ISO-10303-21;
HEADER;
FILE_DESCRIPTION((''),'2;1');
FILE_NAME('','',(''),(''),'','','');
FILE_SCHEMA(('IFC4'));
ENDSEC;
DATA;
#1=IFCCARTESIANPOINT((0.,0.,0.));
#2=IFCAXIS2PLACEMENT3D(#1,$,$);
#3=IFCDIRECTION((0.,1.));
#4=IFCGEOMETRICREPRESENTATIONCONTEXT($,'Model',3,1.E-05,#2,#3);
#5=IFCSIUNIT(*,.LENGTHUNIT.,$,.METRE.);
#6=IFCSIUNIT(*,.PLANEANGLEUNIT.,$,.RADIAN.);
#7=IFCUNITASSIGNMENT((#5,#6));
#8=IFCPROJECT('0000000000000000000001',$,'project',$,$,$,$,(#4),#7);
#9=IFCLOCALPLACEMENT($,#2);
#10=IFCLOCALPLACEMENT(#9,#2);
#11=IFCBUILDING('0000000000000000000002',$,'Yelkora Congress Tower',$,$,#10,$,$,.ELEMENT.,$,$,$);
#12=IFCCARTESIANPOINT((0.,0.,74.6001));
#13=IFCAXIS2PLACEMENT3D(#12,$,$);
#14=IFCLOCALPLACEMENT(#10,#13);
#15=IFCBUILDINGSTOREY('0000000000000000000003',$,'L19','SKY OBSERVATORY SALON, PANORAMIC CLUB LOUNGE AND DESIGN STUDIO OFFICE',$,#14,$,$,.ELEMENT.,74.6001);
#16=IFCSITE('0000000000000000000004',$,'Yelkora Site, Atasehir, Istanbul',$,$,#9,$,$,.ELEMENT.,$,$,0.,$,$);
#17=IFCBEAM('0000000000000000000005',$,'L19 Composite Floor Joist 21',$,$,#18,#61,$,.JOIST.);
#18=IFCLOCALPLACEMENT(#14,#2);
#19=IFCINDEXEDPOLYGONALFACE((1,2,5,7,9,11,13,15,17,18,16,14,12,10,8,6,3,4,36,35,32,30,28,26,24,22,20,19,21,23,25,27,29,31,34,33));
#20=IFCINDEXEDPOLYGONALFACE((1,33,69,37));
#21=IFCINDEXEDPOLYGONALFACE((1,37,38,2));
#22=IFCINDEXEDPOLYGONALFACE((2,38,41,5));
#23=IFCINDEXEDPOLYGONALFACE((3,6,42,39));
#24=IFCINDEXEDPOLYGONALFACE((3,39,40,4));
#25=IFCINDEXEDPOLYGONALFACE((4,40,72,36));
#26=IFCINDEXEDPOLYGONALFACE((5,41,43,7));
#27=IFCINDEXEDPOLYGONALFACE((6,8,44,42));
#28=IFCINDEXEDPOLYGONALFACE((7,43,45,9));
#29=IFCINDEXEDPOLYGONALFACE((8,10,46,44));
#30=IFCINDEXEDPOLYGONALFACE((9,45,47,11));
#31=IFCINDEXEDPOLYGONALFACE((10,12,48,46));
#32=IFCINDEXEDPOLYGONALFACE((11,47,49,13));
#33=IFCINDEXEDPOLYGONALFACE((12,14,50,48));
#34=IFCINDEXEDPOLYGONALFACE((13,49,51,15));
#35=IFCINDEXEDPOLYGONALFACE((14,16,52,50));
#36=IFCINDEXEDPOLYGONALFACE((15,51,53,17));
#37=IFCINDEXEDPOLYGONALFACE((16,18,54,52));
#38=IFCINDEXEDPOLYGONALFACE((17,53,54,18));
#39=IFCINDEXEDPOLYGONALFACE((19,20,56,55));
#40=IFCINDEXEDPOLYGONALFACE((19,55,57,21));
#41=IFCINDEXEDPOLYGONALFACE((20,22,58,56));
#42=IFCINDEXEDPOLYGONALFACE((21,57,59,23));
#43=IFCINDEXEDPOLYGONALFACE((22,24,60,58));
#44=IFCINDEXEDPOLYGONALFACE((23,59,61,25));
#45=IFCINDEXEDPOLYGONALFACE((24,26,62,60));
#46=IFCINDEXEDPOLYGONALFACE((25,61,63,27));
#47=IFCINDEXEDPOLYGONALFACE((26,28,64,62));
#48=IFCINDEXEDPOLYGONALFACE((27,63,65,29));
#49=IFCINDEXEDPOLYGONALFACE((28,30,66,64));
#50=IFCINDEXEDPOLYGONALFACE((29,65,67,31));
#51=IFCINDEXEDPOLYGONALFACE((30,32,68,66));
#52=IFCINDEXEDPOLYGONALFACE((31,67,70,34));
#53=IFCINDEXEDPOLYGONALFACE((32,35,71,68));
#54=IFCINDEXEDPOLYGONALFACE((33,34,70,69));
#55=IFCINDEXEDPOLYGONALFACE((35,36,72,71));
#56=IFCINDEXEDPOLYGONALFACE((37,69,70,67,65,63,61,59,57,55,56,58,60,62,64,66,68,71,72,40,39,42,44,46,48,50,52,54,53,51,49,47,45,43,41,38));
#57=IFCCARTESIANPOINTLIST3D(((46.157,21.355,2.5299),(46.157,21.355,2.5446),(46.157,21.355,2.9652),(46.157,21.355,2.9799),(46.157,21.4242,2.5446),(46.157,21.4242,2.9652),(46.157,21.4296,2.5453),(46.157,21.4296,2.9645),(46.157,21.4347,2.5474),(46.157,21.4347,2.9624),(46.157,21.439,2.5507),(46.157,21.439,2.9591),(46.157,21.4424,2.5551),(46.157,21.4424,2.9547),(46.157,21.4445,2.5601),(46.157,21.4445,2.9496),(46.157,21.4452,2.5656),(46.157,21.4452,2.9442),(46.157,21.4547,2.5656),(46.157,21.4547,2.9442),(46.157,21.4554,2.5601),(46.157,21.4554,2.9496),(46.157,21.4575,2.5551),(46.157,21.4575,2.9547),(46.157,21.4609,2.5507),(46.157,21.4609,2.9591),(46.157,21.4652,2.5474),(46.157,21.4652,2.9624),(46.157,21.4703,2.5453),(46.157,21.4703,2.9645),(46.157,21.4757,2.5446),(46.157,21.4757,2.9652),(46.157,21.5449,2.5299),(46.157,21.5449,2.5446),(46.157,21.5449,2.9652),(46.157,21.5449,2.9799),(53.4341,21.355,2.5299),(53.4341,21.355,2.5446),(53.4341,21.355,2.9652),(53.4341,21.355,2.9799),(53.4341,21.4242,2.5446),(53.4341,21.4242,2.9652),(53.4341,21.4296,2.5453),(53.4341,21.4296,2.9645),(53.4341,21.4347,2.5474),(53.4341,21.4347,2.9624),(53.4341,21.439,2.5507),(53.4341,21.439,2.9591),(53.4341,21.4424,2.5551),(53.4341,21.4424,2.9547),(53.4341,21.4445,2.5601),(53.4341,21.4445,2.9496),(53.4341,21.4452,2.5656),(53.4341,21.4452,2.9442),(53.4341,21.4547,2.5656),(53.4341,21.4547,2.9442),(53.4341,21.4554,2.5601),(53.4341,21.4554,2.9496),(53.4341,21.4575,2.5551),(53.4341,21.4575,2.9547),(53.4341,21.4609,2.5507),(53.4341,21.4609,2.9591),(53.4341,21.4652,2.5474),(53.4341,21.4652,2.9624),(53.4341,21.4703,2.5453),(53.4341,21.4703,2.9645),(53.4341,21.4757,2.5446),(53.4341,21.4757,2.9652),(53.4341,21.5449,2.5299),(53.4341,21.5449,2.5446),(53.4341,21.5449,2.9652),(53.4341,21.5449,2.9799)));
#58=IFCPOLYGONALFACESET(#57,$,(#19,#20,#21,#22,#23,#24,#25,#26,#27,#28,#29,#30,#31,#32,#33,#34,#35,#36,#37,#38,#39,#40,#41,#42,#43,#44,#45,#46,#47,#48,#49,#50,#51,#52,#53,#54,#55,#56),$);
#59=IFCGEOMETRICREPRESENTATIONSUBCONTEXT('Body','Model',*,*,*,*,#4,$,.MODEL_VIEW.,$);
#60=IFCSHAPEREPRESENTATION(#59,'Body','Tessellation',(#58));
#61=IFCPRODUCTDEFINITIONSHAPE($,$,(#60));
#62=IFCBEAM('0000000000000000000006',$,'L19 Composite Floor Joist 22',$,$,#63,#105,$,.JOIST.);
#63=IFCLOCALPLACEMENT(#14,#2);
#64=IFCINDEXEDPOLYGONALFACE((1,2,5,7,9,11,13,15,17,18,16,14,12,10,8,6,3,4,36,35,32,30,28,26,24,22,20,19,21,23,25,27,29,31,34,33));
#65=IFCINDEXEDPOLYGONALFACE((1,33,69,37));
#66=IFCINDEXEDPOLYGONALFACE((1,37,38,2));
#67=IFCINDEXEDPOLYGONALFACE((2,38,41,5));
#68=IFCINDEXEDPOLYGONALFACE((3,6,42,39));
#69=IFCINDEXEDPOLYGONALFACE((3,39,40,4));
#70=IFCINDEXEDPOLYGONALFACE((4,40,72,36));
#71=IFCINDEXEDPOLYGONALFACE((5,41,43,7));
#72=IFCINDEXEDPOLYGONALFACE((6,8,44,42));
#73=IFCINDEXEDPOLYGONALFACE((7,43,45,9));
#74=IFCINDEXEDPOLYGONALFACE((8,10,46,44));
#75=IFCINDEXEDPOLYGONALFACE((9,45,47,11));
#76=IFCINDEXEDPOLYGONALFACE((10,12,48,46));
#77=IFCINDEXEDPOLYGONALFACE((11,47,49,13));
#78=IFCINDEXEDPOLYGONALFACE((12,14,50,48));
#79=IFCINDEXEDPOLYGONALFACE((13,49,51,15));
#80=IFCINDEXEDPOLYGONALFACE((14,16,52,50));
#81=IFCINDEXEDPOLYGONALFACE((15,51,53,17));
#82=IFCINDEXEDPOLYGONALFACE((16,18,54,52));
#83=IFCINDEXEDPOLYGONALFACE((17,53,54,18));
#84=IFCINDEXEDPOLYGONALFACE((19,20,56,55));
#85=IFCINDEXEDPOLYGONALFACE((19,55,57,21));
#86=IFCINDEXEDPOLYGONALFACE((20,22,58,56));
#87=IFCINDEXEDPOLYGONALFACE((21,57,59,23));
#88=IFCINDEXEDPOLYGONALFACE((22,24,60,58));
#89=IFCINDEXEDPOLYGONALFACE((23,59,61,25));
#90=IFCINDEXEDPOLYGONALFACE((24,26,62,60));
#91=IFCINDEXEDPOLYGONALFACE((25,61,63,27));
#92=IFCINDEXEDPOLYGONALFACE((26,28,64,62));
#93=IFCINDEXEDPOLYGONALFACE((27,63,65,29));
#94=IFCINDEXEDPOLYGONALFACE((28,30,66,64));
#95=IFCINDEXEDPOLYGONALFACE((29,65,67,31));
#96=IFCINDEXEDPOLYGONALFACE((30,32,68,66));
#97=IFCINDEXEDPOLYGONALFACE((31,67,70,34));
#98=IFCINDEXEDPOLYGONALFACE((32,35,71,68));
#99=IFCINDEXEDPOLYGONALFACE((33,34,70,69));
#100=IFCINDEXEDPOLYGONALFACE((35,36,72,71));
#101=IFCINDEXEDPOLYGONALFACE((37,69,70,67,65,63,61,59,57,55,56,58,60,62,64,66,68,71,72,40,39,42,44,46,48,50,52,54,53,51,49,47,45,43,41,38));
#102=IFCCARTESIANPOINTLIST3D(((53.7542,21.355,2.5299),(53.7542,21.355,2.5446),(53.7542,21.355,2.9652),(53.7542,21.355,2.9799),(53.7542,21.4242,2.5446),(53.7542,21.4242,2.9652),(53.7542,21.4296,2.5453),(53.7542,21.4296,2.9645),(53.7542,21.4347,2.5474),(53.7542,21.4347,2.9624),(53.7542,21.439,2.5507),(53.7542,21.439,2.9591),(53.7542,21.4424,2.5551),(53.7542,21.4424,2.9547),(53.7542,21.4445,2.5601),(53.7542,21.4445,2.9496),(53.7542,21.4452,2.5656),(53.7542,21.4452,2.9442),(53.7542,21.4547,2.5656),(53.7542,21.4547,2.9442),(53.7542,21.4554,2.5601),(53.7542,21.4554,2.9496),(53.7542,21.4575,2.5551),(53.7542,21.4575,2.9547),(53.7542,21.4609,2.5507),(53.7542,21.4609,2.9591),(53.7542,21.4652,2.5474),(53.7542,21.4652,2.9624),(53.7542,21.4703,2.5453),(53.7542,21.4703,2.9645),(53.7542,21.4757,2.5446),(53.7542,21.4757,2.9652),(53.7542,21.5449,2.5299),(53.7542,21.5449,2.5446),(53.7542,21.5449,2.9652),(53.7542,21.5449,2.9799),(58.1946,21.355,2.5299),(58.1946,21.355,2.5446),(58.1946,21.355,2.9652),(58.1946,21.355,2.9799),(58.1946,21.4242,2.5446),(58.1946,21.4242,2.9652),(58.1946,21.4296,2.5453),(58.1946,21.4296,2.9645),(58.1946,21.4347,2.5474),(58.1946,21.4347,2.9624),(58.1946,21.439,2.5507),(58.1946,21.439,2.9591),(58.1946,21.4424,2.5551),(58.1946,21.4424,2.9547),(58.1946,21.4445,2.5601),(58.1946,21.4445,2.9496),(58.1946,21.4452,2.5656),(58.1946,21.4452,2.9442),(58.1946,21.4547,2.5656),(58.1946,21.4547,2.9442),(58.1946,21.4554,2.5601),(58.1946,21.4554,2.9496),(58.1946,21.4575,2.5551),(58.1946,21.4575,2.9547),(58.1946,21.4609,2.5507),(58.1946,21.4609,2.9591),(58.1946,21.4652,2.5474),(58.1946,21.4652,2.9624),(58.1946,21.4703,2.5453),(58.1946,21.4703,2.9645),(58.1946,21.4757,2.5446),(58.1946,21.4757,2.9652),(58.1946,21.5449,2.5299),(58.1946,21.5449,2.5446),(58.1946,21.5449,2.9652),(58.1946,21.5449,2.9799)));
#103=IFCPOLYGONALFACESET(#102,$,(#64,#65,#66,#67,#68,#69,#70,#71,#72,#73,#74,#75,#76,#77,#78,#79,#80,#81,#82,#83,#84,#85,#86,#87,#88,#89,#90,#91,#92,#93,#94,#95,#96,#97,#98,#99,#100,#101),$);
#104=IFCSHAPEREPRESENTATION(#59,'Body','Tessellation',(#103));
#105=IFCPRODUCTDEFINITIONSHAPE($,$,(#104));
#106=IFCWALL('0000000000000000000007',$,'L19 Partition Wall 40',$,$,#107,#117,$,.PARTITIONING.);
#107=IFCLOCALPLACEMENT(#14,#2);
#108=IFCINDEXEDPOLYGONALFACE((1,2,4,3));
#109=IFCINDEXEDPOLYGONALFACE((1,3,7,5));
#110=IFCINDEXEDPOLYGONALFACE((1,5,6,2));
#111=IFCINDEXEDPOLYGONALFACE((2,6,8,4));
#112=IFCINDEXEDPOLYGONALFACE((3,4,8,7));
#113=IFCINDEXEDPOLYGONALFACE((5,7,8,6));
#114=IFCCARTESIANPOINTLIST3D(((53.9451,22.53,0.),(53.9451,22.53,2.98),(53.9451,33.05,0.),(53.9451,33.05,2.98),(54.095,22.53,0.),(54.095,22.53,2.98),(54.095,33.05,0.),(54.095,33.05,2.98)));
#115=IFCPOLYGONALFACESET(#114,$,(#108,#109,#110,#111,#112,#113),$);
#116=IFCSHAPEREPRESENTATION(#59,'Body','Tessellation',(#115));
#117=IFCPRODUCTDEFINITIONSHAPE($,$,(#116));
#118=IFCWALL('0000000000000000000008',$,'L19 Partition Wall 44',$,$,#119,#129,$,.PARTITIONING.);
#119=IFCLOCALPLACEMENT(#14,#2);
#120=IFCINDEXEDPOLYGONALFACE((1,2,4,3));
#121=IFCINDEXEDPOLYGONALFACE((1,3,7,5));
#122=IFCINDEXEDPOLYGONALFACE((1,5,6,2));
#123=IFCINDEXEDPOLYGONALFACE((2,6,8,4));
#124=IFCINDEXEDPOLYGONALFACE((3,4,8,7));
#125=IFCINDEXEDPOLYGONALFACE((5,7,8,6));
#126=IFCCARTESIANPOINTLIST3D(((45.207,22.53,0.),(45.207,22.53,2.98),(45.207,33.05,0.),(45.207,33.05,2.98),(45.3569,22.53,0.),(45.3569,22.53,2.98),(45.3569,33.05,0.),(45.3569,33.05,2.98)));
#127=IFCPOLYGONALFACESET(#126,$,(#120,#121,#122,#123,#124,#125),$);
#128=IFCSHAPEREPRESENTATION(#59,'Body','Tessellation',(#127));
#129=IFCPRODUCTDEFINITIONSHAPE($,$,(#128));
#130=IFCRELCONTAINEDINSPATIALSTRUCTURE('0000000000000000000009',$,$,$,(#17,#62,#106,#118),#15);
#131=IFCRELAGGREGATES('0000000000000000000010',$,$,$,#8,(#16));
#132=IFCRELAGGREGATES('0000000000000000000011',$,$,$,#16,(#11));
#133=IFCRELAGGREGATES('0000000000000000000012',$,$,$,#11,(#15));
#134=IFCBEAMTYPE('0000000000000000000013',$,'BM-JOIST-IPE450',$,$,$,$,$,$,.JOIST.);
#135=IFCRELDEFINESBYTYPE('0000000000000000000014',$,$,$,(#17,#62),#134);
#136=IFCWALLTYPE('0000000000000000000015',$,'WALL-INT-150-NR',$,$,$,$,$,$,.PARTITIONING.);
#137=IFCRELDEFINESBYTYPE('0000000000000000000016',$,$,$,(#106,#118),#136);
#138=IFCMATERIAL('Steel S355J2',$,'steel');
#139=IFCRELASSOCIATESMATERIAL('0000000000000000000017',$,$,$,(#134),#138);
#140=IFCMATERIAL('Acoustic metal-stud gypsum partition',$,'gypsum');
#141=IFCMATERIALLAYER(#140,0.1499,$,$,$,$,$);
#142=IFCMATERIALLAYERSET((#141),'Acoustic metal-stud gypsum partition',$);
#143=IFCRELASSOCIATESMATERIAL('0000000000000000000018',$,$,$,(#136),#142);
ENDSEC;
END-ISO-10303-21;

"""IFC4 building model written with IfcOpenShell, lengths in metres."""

from ifc_helpers import new_model, si_unit, direction, frame, frame_2d, origin, origin_2d, place, context, subcontext, project, spatial, rectangle, i_section, extrude, material, layer, layer_set, material_profile, profile_set, type_object, element, save


model = new_model("IFC4")

# Units and contexts
model_context = context("Model", 3, precision=1e-05, world=origin(), true_north=direction((0.0, 1.0)))
body_context = subcontext(model_context, "Body", "Model", "MODEL_VIEW")
ifc_project = project(units=[si_unit("LENGTHUNIT", "METRE"), si_unit("PLANEANGLEUNIT", "RADIAN")], contexts=[model_context])

# Site, building, storey
site_placement = place(None, origin())
site = spatial("IfcSite", under=ifc_project, at=site_placement, Name="Yelkora Site, Atasehir, Istanbul", CompositionType="ELEMENT", RefElevation=0.0)
building_placement = place(site_placement, origin())
building = spatial("IfcBuilding", under=site, at=building_placement, Name="Yelkora Congress Tower", CompositionType="ELEMENT")
storey_placement = place(building_placement, frame((0.0, 0.0, 74.6001)))
storey = spatial("IfcBuildingStorey", under=building, at=storey_placement, Name="L19", Description="SKY OBSERVATORY SALON, PANORAMIC CLUB LOUNGE AND DESIGN STUDIO OFFICE", CompositionType="ELEMENT", Elevation=74.6001)

# Beams
ifc_material_1 = material(Name="Steel S355J2", Category="steel")
ifc_material_profile_1 = material_profile(ifc_material_1, i_section(OverallWidth=0.1899, OverallDepth=0.45, WebThickness=0.0095, FlangeThickness=0.0146, FilletRadius=0.021, at=origin_2d()), Name="IPE 450")
ifc_profile_set_1 = profile_set([ifc_material_profile_1], Name="Steel S355J2")
beam_type_1 = type_object("IfcBeamType", Name="BM-JOIST-IPE450", PredefinedType="JOIST", material=ifc_profile_set_1)
beam_1_placement = place(storey_placement, frame((46.157, 21.45, 2.7549), z_axis=(1.0, 0.0, 0.0), x_axis=(0.0, 1.0, 0.0)))
element("IfcBeam", 1, at=beam_1_placement, inside=storey, type_object=beam_type_1, Name="L19 Composite Floor Joist 21", PredefinedType="JOIST", context=body_context, shape_type="SweptSolid", body=[
    extrude(i_section(OverallWidth=0.1899, OverallDepth=0.45, WebThickness=0.0095, FlangeThickness=0.0146, FilletRadius=0.021, at=origin_2d()), origin(), (0.0, 0.0, 1.0), 7.2771),
])
beam_2_placement = place(storey_placement, frame((53.7542, 21.45, 2.7549), z_axis=(1.0, 0.0, 0.0), x_axis=(0.0, 1.0, 0.0)))
element("IfcBeam", 2, at=beam_2_placement, inside=storey, type_object=beam_type_1, Name="L19 Composite Floor Joist 22", PredefinedType="JOIST", context=body_context, shape_type="SweptSolid", body=[
    extrude(i_section(OverallWidth=0.1899, OverallDepth=0.45, WebThickness=0.0095, FlangeThickness=0.0146, FilletRadius=0.021, at=origin_2d()), origin(), (0.0, 0.0, 1.0), 4.4404),
])

# Walls
ifc_material_2 = material(Name="Acoustic metal-stud gypsum partition", Category="gypsum")
ifc_layer_1 = layer(ifc_material_2, 0.1499)
ifc_layer_set_1 = layer_set([ifc_layer_1], Name="Acoustic metal-stud gypsum partition")
wall_type_1 = type_object("IfcWallType", Name="WALL-INT-150-NR", PredefinedType="PARTITIONING", material=ifc_layer_set_1)
for number, where, z_axis, x_axis, name in (
    (3, (54.02, 22.53, 0.0), (0.0, 0.0, 1.0), (0.0, 1.0, 0.0), "L19 Partition Wall 40"),
    (4, (45.282, 22.53, 0.0), (0.0, 0.0, 1.0), (0.0, 1.0, 0.0), "L19 Partition Wall 44"),
):
    element("IfcWall", number, at=place(storey_placement, frame(where, z_axis=z_axis, x_axis=x_axis)), inside=storey, type_object=wall_type_1, Name=name, PredefinedType="PARTITIONING", context=body_context, shape_type="SweptSolid", body=[
        extrude(rectangle(XDim=10.52, YDim=0.1499, at=frame_2d((5.26, 0.0))), origin(), (0.0, 0.0, 1.0), 2.98),
    ])

save(model, "model.ifc")
